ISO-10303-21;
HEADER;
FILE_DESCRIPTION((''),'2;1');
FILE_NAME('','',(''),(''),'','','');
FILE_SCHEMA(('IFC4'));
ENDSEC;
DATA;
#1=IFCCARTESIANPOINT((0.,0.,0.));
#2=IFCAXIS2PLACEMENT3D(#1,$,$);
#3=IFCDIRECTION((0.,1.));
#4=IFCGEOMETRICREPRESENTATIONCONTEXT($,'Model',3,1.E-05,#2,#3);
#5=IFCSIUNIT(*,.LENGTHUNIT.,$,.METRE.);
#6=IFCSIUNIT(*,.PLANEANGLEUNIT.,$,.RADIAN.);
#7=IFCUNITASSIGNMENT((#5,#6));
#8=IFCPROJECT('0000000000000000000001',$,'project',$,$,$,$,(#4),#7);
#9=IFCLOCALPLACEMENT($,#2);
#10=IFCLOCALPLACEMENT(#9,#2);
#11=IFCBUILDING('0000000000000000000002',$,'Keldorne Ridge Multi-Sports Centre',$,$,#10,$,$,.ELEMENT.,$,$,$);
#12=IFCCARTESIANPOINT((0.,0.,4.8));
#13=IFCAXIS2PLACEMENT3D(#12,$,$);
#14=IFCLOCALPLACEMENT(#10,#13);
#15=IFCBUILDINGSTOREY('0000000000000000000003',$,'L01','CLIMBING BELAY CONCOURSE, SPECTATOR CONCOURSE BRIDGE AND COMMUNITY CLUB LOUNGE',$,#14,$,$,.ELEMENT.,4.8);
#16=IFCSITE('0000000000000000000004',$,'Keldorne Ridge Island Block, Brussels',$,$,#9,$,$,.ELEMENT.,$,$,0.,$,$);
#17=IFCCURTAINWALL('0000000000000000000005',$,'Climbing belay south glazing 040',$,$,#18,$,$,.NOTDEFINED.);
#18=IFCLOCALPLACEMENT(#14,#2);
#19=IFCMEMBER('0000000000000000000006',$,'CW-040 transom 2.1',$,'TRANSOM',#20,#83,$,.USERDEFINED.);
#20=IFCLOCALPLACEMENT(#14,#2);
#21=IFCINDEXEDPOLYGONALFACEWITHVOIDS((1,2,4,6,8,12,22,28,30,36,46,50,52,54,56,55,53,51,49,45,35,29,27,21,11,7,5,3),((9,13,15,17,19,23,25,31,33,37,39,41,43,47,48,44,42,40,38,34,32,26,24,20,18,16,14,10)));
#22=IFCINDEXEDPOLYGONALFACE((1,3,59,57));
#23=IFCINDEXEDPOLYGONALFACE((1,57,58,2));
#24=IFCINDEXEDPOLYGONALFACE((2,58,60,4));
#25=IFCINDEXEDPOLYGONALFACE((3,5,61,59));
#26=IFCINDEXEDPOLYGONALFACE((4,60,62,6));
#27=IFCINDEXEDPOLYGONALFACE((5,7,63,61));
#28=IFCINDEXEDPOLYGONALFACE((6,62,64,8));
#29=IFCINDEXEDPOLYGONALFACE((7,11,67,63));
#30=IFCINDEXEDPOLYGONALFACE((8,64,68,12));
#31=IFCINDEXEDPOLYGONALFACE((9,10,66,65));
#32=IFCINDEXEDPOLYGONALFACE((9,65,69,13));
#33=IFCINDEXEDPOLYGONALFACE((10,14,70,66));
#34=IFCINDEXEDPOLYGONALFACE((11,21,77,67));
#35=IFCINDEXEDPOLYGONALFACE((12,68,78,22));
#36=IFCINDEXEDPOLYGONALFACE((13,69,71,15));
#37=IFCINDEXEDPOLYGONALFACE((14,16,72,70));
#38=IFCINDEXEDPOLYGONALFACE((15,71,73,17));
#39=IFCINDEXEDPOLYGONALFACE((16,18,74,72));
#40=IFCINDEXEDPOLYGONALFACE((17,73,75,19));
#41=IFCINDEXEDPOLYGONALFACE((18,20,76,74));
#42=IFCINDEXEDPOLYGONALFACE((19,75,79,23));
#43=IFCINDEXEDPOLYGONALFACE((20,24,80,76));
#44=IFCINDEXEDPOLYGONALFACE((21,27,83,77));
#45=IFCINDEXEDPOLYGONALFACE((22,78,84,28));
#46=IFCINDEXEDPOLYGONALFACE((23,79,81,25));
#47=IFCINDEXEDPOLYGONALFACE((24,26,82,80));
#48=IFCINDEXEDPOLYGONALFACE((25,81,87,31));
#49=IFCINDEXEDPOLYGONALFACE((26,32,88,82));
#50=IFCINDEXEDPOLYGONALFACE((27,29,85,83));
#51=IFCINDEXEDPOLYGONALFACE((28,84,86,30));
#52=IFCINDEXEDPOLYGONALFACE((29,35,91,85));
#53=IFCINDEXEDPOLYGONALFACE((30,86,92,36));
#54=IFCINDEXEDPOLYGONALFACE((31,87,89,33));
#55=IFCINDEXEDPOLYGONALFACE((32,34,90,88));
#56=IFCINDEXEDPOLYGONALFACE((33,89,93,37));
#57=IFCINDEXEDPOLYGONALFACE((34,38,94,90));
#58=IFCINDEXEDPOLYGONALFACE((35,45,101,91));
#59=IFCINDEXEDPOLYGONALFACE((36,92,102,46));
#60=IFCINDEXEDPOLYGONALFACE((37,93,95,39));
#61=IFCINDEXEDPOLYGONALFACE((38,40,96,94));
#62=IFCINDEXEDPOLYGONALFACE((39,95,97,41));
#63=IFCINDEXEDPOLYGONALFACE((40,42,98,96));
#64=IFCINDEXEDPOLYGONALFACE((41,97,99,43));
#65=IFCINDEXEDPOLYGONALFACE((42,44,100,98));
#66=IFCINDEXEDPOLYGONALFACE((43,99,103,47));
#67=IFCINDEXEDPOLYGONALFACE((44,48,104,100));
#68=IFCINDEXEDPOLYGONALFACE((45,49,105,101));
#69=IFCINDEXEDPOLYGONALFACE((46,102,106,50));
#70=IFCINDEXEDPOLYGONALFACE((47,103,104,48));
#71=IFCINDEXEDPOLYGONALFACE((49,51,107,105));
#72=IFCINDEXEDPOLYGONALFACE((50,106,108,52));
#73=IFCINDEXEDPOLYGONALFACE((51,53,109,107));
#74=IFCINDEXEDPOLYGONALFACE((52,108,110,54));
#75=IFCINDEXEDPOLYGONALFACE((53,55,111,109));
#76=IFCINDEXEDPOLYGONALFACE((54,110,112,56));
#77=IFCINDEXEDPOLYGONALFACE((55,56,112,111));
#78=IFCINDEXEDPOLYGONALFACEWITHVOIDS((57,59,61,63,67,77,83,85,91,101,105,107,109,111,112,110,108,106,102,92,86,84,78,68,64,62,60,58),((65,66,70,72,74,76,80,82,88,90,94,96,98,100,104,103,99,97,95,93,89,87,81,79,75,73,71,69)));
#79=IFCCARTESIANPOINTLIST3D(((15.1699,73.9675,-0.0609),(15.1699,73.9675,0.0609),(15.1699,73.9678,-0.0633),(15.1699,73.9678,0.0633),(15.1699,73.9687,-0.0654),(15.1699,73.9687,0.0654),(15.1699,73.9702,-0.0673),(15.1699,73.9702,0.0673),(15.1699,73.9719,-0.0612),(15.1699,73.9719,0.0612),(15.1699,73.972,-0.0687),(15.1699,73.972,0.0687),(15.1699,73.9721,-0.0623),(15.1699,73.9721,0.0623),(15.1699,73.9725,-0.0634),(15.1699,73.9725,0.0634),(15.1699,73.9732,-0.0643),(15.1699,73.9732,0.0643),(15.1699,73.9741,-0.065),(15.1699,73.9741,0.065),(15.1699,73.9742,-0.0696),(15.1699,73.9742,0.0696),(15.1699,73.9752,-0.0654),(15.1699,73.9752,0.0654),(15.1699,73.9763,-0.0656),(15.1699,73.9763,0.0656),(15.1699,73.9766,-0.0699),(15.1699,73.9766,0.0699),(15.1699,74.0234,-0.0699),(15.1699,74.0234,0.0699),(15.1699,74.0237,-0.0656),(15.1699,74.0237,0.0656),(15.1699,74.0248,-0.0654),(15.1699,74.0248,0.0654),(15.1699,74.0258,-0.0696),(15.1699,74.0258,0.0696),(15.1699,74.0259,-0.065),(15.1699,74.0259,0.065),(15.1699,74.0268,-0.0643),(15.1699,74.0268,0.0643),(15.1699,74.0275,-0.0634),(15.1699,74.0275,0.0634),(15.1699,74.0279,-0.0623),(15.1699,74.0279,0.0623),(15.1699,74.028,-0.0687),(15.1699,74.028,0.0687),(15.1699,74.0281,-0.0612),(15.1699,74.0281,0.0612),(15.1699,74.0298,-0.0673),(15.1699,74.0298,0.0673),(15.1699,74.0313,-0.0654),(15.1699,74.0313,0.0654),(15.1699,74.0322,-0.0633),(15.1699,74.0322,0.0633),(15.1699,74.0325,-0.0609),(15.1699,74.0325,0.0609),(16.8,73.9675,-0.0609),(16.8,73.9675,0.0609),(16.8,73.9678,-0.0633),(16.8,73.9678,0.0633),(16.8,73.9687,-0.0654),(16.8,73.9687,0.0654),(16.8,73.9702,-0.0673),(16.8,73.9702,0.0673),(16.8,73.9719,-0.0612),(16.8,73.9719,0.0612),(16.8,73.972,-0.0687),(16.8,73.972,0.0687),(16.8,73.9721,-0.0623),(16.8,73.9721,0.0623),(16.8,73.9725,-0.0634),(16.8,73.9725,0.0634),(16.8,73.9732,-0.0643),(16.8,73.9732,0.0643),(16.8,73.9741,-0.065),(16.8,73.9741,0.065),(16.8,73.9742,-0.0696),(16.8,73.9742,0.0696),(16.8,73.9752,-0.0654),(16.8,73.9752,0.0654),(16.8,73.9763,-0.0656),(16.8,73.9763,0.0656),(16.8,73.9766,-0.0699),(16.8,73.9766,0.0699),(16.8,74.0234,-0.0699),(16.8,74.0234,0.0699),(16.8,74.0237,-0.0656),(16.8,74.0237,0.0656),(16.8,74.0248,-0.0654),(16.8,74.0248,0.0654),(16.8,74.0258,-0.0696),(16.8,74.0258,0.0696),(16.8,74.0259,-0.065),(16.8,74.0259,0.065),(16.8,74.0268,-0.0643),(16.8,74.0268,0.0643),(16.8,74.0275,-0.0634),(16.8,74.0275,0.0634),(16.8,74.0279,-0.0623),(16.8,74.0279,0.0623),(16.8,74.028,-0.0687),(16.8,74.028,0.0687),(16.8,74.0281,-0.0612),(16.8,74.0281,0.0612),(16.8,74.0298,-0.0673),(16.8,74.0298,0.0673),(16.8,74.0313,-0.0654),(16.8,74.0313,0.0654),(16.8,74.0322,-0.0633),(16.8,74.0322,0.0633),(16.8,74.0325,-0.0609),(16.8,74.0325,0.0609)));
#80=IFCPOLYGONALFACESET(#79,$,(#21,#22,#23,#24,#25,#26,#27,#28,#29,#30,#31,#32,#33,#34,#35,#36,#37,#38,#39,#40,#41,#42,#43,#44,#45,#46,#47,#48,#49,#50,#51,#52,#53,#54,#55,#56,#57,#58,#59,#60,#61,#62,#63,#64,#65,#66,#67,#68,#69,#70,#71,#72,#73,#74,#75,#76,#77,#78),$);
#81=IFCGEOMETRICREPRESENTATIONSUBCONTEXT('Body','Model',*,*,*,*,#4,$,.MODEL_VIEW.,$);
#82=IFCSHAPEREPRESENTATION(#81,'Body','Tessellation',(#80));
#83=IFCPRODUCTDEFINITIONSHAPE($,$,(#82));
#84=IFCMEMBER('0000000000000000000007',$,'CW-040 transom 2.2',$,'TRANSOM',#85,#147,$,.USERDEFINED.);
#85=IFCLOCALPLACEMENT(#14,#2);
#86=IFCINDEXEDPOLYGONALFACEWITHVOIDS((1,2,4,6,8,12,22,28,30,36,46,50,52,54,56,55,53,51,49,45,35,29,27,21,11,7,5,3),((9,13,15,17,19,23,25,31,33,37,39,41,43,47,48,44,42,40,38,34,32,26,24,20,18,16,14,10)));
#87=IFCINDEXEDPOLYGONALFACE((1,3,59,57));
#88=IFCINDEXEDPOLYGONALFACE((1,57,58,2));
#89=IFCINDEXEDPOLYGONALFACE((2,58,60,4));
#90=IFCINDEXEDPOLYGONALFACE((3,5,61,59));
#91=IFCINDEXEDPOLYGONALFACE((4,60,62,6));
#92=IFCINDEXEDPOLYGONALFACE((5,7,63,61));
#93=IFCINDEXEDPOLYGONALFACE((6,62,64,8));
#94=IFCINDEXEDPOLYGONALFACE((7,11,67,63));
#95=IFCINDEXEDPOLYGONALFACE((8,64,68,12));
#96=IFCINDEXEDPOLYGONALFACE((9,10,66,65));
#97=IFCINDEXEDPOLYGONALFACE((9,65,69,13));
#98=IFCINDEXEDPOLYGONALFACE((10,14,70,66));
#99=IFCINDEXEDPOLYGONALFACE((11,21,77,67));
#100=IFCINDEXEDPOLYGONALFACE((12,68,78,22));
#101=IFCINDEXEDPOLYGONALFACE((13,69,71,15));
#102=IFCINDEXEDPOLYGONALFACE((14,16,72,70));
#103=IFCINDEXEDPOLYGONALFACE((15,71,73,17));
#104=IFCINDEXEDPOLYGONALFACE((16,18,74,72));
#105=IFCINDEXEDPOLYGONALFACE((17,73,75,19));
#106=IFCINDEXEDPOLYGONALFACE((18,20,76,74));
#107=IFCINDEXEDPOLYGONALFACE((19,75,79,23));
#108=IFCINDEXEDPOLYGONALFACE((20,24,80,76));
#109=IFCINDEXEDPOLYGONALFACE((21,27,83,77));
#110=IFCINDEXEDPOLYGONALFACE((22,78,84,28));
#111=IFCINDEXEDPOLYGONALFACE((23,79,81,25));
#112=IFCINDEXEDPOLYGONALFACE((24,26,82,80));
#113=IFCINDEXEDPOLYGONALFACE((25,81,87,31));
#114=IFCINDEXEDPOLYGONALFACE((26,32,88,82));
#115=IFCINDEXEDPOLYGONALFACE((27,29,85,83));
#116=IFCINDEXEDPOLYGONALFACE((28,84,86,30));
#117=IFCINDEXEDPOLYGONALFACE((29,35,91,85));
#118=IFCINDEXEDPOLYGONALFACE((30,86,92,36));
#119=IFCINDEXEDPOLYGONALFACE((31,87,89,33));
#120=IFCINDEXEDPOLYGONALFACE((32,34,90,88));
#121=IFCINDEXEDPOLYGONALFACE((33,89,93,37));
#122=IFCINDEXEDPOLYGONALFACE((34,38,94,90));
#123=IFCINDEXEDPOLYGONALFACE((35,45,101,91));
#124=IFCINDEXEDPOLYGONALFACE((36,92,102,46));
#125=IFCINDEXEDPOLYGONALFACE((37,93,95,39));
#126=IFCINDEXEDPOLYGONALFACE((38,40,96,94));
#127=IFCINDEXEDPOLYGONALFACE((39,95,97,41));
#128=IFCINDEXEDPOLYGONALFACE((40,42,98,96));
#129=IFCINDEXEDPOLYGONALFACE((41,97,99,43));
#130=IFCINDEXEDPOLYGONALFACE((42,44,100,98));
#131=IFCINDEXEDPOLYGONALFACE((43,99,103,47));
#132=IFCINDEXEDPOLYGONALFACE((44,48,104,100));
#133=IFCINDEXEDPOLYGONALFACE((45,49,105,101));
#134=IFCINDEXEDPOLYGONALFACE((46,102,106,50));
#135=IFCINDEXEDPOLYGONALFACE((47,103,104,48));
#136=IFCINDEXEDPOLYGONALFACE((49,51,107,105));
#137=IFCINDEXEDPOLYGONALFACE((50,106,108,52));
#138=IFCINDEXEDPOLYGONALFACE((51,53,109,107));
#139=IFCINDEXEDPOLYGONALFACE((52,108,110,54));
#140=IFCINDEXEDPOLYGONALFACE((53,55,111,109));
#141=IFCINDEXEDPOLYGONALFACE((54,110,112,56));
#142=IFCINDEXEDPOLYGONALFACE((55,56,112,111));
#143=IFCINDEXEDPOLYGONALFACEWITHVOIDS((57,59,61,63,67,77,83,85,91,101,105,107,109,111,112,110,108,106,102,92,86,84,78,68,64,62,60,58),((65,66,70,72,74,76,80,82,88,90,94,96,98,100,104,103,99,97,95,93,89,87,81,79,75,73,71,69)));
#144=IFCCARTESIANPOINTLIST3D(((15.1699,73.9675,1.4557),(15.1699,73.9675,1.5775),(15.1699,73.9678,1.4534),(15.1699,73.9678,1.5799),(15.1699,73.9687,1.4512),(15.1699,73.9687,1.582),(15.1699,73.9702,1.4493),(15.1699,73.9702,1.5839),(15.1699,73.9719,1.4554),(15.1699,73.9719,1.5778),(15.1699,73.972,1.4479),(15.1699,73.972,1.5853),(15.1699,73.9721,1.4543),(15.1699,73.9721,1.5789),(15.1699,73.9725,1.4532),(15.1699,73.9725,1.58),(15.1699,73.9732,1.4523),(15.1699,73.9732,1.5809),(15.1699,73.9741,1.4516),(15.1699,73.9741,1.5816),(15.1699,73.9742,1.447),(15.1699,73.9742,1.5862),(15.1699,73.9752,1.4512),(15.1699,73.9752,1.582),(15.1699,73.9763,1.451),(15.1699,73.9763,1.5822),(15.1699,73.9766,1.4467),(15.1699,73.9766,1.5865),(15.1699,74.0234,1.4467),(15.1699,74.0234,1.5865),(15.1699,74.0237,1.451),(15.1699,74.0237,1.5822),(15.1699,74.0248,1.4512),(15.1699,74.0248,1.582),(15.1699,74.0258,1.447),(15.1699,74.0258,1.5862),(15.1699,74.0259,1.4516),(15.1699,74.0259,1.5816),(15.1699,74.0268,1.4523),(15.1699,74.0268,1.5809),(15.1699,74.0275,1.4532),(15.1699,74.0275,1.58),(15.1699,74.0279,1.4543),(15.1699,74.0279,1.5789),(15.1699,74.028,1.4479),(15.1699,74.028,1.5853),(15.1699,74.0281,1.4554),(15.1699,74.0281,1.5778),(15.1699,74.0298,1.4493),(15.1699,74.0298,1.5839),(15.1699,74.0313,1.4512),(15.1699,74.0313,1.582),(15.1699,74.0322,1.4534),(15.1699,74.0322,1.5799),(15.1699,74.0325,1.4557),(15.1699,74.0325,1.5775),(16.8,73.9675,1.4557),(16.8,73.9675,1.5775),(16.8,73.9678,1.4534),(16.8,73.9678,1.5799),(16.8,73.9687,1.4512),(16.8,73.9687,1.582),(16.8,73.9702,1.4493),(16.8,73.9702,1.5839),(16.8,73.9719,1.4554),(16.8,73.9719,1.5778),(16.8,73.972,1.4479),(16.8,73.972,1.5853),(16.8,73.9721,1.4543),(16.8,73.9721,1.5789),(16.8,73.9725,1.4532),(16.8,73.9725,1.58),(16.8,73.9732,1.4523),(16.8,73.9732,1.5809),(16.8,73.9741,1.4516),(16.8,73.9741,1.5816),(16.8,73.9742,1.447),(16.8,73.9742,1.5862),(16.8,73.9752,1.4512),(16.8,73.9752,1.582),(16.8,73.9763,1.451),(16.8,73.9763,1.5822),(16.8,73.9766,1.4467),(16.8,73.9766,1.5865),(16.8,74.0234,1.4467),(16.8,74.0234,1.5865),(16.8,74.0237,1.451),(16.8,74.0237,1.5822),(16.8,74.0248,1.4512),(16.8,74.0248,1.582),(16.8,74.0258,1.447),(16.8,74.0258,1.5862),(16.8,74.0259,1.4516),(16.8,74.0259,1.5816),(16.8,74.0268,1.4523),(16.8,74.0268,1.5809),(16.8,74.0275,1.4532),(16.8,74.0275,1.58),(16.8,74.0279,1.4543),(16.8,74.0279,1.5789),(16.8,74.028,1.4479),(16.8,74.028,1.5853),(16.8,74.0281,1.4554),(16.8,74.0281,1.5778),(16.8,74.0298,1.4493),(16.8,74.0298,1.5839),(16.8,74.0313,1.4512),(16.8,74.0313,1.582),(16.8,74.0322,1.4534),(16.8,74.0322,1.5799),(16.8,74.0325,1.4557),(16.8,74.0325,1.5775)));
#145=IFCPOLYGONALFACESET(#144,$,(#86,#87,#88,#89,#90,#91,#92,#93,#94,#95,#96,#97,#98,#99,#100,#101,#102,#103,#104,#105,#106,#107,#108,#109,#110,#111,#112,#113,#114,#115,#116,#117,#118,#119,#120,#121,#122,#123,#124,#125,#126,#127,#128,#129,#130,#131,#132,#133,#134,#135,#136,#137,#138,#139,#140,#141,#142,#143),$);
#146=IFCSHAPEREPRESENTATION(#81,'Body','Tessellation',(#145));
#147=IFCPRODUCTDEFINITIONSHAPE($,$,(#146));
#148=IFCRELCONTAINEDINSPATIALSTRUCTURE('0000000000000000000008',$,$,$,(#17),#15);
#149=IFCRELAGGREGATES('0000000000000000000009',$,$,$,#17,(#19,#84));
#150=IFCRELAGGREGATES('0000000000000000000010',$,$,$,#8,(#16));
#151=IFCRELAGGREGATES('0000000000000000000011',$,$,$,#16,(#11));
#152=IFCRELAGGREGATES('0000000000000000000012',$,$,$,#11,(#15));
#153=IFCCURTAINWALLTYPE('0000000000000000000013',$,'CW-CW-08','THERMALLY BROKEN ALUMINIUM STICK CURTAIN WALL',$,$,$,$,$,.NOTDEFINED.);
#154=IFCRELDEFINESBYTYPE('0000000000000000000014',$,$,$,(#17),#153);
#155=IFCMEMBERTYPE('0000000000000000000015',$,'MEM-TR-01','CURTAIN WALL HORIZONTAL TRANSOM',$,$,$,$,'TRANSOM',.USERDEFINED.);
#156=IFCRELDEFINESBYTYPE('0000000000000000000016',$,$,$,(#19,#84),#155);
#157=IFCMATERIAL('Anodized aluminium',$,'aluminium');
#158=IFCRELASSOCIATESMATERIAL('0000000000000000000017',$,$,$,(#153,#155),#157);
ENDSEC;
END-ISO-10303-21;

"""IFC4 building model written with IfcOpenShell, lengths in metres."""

from ifc_helpers import new_model, si_unit, direction, frame, origin, origin_2d, place, context, subcontext, project, spatial, hollow_rectangle, extrude, material, material_profile, profile_set, type_object, element, aggregate, save


model = new_model("IFC4")

# Units and contexts
model_context = context("Model", 3, precision=1e-05, world=origin(), true_north=direction((0.0, 1.0)))
body_context = subcontext(model_context, "Body", "Model", "MODEL_VIEW")
ifc_project = project(units=[si_unit("LENGTHUNIT", "METRE"), si_unit("PLANEANGLEUNIT", "RADIAN")], contexts=[model_context])

# Site, building, storey
site_placement = place(None, origin())
site = spatial("IfcSite", under=ifc_project, at=site_placement, Name="Keldorne Ridge Island Block, Brussels", CompositionType="ELEMENT", RefElevation=0.0)
building_placement = place(site_placement, origin())
building = spatial("IfcBuilding", under=site, at=building_placement, Name="Keldorne Ridge Multi-Sports Centre", CompositionType="ELEMENT")
storey_placement = place(building_placement, frame((0.0, 0.0, 4.8)))
storey = spatial("IfcBuildingStorey", under=building, at=storey_placement, Name="L01", Description="CLIMBING BELAY CONCOURSE, SPECTATOR CONCOURSE BRIDGE AND COMMUNITY CLUB LOUNGE", CompositionType="ELEMENT", Elevation=4.8)

# Shared definitions
ifc_material_1 = material(Name="Anodized aluminium", Category="aluminium")

# Curtain wall
curtain_wall_type_1 = type_object("IfcCurtainWallType", Name="CW-CW-08", Description="THERMALLY BROKEN ALUMINIUM STICK CURTAIN WALL", PredefinedType="NOTDEFINED", material=ifc_material_1)
curtain_wall_1_placement = place(storey_placement, origin())
curtain_wall_1 = element("IfcCurtainWall", 1, at=curtain_wall_1_placement, inside=storey, type_object=curtain_wall_type_1, Name="Climbing belay south glazing 040", PredefinedType="NOTDEFINED")

# Members
ifc_material_profile_1 = material_profile(ifc_material_1, hollow_rectangle(XDim=0.0649, YDim=0.1399, WallThickness=0.0044, InnerFilletRadius=0.0044, OuterFilletRadius=0.009, at=origin_2d()), Name="ALU TRANSOM 140x65x4.5")
ifc_profile_set_1 = profile_set([ifc_material_profile_1], Name="Anodized aluminium")
member_type_1 = type_object("IfcMemberType", Name="MEM-TR-01", Description="CURTAIN WALL HORIZONTAL TRANSOM", ElementType="TRANSOM", PredefinedType="USERDEFINED", material=ifc_profile_set_1)
member_1_placement = place(storey_placement, frame((15.1699, 74.0, 0.0), z_axis=(1.0, 0.0, 0.0), x_axis=(0.0, 1.0, 0.0)))
member_1 = element("IfcMember", 2, at=member_1_placement, type_object=member_type_1, Name="CW-040 transom 2.1", ObjectType="TRANSOM", PredefinedType="USERDEFINED", context=body_context, shape_type="SweptSolid", body=[
    extrude(hollow_rectangle(XDim=0.0649, YDim=0.1399, WallThickness=0.0044, InnerFilletRadius=0.0044, OuterFilletRadius=0.009, at=origin_2d()), origin(), (0.0, 0.0, 1.0), 1.6301),
])
member_2_placement = place(storey_placement, frame((15.1699, 74.0, 1.5166), z_axis=(1.0, 0.0, 0.0), x_axis=(0.0, 1.0, 0.0)))
member_2 = element("IfcMember", 3, at=member_2_placement, type_object=member_type_1, Name="CW-040 transom 2.2", ObjectType="TRANSOM", PredefinedType="USERDEFINED", context=body_context, shape_type="SweptSolid", body=[
    extrude(hollow_rectangle(XDim=0.0649, YDim=0.1399, WallThickness=0.0044, InnerFilletRadius=0.0044, OuterFilletRadius=0.009, at=origin_2d()), origin(), (0.0, 0.0, 1.0), 1.6301),
])

aggregate(curtain_wall_1, [member_1, member_2])

save(model, "model.ifc")
